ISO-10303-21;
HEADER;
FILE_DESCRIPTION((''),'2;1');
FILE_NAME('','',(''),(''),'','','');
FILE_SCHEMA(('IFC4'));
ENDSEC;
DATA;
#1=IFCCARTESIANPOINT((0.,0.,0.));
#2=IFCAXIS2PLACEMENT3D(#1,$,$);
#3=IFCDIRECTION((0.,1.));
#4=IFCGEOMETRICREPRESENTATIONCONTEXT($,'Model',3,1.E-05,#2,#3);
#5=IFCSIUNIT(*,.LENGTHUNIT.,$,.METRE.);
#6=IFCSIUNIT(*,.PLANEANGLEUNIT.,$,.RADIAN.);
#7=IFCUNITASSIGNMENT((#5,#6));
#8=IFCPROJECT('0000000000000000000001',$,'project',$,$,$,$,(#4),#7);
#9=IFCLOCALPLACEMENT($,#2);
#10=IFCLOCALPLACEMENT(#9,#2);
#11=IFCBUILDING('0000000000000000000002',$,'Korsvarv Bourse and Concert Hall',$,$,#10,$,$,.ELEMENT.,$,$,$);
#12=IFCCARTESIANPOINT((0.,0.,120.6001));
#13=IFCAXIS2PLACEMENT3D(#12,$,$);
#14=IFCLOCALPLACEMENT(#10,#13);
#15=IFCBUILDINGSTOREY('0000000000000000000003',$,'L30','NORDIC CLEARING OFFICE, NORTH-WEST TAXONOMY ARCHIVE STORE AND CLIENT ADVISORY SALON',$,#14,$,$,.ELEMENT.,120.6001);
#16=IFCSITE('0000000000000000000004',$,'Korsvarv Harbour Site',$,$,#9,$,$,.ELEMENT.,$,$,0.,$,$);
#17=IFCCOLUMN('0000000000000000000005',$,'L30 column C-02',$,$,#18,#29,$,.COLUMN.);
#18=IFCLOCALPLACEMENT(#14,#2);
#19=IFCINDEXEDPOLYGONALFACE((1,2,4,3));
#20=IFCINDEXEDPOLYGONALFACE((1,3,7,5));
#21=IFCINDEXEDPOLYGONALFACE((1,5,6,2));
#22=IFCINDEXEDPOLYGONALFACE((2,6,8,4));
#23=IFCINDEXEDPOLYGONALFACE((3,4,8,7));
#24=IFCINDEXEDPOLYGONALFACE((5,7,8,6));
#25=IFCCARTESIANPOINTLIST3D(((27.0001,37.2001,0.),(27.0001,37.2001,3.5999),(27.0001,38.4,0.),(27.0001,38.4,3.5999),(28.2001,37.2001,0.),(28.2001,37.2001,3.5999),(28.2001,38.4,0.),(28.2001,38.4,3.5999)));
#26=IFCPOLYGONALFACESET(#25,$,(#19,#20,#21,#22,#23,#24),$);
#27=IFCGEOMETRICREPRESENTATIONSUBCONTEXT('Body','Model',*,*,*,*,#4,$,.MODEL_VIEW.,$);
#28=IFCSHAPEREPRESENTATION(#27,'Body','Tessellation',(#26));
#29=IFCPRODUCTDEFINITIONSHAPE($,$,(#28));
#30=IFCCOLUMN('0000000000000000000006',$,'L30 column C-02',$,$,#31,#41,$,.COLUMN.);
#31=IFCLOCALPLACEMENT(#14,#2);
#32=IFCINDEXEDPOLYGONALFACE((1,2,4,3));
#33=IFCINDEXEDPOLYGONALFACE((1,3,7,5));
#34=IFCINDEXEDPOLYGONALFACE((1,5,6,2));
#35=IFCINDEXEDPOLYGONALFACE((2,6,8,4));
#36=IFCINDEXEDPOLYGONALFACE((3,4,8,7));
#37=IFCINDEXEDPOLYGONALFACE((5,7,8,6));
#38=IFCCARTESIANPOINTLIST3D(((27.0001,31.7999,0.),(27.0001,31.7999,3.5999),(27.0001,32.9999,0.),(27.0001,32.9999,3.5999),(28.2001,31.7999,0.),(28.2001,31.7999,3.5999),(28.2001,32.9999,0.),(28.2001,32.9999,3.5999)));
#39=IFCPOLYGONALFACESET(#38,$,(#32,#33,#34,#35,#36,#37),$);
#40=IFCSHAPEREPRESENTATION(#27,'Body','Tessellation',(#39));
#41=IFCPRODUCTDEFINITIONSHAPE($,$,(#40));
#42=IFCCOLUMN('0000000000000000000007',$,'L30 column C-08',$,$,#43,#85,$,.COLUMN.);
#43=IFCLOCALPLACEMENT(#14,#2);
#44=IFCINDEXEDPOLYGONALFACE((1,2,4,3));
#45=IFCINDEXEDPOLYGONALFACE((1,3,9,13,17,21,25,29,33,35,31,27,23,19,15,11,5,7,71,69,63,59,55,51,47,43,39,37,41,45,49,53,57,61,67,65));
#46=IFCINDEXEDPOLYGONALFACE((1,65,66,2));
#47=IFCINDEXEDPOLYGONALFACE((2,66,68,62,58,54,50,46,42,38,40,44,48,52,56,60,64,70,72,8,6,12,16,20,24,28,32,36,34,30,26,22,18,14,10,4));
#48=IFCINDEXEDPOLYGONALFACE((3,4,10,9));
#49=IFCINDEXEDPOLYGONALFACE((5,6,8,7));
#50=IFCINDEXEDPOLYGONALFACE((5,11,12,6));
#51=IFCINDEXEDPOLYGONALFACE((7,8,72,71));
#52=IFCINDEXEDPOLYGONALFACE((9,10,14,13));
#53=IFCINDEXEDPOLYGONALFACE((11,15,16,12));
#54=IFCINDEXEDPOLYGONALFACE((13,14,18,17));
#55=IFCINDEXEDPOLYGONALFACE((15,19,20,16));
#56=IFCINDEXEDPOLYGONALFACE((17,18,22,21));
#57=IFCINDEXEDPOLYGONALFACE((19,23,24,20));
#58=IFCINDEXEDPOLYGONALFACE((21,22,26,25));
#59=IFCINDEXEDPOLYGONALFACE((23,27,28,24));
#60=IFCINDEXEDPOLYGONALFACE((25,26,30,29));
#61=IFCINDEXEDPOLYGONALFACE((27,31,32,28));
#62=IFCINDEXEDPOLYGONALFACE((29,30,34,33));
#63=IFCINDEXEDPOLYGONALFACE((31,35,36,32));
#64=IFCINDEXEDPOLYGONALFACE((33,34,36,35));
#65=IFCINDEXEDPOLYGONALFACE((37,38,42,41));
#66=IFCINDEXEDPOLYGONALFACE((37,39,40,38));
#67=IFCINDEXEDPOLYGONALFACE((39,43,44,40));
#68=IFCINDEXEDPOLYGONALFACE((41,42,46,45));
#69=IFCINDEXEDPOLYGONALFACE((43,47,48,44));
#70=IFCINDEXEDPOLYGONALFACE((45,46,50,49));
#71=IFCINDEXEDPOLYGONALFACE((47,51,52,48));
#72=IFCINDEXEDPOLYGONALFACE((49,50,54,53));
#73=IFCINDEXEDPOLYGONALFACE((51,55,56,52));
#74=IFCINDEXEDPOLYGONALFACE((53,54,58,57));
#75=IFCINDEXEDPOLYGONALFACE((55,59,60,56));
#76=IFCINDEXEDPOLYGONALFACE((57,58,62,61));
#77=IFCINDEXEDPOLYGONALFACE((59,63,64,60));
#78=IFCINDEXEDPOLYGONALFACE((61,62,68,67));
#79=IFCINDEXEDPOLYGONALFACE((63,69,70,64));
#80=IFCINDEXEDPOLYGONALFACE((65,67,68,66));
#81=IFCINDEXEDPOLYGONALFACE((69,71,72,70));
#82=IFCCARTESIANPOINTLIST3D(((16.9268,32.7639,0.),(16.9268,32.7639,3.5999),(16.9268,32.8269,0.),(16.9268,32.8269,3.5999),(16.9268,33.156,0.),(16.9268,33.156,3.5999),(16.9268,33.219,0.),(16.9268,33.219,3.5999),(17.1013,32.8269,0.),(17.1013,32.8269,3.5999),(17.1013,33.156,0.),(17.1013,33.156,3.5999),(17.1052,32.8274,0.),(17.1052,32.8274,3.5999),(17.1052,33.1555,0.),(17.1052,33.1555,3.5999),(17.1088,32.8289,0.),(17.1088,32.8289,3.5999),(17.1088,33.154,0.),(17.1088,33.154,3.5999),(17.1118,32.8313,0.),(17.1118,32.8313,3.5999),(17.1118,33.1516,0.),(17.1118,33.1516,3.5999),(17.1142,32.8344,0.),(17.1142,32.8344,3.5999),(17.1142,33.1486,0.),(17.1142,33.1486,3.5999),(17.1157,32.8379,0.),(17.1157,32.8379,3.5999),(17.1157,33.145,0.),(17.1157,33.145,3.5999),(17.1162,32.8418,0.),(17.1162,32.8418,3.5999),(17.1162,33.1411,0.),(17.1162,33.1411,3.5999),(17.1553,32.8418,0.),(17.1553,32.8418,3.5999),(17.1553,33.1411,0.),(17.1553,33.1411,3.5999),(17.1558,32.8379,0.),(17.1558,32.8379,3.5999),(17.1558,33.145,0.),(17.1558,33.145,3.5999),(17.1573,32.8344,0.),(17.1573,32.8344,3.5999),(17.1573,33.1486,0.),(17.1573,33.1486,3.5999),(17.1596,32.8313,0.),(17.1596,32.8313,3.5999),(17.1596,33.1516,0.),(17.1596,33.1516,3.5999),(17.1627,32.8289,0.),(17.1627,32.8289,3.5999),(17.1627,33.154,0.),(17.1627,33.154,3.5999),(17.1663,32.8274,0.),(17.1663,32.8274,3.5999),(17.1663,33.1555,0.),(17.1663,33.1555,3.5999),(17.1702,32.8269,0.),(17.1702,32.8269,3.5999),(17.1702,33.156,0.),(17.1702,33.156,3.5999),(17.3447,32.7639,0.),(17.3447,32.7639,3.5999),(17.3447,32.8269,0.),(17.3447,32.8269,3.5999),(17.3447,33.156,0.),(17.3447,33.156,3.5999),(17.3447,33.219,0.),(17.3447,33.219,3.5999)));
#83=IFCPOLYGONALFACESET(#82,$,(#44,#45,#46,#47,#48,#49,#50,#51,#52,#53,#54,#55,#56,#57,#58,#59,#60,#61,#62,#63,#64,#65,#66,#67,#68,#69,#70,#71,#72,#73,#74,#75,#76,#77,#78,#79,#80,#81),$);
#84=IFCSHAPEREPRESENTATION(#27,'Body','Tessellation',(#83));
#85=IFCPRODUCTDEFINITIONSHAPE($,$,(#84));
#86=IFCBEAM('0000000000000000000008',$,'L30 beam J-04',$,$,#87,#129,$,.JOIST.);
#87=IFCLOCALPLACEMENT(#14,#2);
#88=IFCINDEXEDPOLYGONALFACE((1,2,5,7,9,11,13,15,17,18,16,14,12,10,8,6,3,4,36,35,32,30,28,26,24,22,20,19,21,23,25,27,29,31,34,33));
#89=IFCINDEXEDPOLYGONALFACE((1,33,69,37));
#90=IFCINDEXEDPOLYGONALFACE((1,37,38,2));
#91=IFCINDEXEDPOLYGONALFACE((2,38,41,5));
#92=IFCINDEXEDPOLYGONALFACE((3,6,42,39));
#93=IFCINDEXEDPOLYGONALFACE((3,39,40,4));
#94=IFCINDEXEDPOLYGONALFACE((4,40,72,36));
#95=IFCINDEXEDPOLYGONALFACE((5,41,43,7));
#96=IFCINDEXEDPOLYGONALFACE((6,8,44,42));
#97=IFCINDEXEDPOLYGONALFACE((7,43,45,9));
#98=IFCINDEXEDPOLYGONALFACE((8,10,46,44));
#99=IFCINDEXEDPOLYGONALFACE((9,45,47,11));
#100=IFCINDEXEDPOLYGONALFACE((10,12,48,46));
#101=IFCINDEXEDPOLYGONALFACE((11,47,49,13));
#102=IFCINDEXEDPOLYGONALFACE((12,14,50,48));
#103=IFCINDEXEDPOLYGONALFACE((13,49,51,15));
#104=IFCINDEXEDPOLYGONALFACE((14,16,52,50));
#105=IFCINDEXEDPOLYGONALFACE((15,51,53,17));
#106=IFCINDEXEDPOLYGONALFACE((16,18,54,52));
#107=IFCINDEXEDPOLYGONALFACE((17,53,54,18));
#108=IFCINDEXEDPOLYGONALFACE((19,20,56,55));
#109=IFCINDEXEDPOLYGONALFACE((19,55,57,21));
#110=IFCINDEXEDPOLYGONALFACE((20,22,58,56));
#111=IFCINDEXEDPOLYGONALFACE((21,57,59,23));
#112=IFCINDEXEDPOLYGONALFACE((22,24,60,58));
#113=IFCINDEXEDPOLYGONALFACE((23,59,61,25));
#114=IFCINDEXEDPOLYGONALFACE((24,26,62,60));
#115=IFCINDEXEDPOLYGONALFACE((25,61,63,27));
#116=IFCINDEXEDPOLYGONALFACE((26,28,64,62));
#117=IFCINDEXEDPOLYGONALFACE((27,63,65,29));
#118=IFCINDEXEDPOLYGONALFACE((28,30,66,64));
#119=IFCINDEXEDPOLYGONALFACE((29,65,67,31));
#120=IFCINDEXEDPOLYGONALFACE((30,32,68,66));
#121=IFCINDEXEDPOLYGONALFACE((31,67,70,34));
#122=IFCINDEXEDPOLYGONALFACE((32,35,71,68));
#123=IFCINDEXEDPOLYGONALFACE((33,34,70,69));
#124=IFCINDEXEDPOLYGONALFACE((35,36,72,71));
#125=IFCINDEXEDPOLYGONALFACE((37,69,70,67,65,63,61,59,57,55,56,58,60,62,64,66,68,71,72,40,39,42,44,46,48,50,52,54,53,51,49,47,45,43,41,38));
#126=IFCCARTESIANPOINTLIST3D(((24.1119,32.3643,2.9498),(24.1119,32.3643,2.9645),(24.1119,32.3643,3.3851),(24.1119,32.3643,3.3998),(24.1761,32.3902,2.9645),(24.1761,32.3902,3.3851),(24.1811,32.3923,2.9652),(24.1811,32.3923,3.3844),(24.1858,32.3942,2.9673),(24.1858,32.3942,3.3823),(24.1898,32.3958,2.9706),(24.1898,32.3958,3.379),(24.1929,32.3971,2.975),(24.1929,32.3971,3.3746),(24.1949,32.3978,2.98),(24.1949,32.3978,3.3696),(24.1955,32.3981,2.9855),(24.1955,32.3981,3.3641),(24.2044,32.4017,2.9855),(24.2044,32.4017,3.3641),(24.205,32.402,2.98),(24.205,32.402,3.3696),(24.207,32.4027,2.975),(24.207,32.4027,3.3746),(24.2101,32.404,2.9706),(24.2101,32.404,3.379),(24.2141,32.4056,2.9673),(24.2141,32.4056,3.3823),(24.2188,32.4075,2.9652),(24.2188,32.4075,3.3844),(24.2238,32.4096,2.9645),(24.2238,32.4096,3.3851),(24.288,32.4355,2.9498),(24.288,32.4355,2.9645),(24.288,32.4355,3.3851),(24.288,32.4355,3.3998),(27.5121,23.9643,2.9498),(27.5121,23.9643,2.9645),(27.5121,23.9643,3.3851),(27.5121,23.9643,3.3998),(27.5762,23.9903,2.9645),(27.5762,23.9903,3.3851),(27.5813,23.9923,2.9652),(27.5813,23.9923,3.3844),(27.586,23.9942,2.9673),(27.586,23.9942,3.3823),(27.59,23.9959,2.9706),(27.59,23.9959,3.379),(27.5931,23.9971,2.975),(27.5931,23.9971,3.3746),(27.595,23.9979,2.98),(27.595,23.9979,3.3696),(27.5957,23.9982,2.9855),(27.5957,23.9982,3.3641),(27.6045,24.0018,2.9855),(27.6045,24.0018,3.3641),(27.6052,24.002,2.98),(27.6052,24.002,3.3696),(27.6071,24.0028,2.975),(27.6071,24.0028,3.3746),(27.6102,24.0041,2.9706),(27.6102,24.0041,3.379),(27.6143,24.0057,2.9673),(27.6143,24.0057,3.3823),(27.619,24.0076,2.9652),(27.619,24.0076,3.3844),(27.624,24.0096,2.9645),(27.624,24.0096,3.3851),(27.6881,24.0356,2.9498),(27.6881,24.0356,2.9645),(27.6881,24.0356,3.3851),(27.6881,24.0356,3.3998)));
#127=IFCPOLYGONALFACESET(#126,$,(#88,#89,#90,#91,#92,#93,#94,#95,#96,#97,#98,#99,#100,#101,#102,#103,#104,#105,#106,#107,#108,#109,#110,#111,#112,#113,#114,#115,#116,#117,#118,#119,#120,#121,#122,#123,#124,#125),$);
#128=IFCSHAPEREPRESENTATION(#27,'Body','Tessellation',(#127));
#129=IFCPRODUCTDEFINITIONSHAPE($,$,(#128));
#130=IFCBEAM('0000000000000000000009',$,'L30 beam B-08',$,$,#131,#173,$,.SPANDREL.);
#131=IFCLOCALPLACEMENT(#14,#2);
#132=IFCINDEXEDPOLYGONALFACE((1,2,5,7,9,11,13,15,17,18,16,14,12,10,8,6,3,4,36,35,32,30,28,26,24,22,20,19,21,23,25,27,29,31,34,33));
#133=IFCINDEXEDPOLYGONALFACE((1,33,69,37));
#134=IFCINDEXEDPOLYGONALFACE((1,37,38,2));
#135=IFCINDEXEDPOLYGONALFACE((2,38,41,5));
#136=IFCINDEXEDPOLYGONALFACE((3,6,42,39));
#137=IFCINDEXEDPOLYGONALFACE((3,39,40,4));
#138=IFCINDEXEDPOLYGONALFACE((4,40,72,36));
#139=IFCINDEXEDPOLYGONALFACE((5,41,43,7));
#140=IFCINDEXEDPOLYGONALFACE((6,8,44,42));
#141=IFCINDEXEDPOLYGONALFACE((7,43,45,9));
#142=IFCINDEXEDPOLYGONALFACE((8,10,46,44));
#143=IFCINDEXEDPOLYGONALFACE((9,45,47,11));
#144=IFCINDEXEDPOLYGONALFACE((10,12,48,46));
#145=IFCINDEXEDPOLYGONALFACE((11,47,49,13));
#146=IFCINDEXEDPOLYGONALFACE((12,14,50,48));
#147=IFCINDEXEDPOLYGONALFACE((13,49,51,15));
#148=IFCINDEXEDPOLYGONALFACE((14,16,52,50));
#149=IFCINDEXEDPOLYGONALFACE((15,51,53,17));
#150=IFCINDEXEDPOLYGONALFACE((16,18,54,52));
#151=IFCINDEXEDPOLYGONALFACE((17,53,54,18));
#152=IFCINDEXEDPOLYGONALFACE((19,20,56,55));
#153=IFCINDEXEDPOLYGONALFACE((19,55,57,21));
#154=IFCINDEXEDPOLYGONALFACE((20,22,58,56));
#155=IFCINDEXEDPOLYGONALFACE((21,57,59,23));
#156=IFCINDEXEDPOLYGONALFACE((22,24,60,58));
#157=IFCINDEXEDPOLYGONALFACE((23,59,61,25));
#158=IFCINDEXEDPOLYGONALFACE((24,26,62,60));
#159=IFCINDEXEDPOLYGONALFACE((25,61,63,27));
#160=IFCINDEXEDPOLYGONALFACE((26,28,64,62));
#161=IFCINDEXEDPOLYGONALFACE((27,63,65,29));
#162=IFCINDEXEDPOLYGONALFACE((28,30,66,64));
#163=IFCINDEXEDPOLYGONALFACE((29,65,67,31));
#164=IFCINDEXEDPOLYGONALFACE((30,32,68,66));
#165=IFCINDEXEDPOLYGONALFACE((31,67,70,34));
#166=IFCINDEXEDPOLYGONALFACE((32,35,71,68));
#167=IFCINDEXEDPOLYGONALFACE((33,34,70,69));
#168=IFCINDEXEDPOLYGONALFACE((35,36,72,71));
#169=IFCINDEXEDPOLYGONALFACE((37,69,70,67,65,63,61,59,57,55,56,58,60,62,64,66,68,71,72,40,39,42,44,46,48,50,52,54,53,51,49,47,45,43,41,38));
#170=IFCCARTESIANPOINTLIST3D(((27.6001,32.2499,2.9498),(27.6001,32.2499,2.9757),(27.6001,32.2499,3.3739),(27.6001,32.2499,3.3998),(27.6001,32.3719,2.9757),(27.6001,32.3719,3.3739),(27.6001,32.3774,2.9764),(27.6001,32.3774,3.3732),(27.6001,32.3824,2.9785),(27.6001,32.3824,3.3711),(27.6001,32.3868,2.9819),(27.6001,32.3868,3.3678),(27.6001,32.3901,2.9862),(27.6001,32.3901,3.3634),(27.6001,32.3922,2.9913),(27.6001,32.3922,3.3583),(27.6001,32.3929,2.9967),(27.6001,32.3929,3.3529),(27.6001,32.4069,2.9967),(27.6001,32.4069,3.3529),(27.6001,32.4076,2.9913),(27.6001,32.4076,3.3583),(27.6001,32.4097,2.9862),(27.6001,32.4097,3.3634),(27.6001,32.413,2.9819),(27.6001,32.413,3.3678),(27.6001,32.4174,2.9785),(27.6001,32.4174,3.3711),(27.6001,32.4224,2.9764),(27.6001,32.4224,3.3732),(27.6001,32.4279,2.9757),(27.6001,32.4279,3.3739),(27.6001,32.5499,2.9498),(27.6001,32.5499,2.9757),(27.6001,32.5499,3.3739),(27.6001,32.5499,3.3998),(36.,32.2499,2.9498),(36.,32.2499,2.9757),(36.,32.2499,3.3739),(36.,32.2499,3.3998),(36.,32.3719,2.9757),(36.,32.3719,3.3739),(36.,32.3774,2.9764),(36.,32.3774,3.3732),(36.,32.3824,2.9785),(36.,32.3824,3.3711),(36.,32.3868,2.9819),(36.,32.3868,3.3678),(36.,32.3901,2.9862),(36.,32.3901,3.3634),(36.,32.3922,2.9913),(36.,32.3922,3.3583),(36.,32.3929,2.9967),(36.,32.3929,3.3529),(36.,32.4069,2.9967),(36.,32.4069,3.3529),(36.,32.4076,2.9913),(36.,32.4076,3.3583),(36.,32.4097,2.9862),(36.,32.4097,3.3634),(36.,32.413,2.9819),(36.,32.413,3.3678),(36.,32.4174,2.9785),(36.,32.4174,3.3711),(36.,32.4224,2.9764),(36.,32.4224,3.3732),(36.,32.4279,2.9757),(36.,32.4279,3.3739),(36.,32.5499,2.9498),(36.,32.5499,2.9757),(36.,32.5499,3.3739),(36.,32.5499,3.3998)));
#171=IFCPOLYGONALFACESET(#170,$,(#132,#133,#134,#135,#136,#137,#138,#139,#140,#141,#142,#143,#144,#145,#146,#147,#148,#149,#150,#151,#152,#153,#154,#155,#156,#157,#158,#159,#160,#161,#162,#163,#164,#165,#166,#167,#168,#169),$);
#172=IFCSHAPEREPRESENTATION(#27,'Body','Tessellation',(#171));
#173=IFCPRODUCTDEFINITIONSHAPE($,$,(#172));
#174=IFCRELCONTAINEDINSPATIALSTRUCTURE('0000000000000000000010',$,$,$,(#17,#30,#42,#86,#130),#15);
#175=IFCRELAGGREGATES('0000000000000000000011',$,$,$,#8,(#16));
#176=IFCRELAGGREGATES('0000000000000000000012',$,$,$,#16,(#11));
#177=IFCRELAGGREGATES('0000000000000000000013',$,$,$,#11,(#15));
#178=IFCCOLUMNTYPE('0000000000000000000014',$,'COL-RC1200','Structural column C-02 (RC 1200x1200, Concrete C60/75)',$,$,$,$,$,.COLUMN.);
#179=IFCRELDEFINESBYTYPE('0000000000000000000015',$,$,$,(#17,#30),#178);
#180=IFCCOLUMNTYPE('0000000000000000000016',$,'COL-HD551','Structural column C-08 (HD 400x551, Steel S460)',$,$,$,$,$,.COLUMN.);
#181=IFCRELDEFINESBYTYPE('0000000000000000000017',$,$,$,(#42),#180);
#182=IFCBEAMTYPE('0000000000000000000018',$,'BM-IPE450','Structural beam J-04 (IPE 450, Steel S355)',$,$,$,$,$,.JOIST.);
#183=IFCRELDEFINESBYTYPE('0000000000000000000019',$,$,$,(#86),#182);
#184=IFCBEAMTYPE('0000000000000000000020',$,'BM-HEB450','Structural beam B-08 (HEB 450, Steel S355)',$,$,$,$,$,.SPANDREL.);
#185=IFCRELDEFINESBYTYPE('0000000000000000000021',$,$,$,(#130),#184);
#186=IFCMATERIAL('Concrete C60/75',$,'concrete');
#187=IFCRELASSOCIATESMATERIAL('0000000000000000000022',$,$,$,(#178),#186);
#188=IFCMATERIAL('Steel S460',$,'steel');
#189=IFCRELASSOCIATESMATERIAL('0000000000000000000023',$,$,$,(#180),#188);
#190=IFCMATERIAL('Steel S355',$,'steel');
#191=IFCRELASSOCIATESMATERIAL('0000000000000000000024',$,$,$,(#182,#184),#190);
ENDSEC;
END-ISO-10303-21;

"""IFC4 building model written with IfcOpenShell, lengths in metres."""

from ifc_helpers import new_model, si_unit, direction, frame, origin, origin_2d, place, context, subcontext, project, spatial, rectangle, i_section, extrude, source, transform, mapped, material, material_profile, profile_set, type_object, element, save


model = new_model("IFC4")

# Units and contexts
model_context = context("Model", 3, precision=1e-05, world=origin(), true_north=direction((0.0, 1.0)))
body_context = subcontext(model_context, "Body", "Model", "MODEL_VIEW")
ifc_project = project(units=[si_unit("LENGTHUNIT", "METRE"), si_unit("PLANEANGLEUNIT", "RADIAN")], contexts=[model_context])

# Site, building, storey
site_placement = place(None, origin())
site = spatial("IfcSite", under=ifc_project, at=site_placement, Name="Korsvarv Harbour Site", CompositionType="ELEMENT", RefElevation=0.0)
building_placement = place(site_placement, origin())
building = spatial("IfcBuilding", under=site, at=building_placement, Name="Korsvarv Bourse and Concert Hall", CompositionType="ELEMENT")
storey_placement = place(building_placement, frame((0.0, 0.0, 120.6001)))
storey = spatial("IfcBuildingStorey", under=building, at=storey_placement, Name="L30", Description="NORDIC CLEARING OFFICE, NORTH-WEST TAXONOMY ARCHIVE STORE AND CLIENT ADVISORY SALON", CompositionType="ELEMENT", Elevation=120.6001)

# Columns
ifc_material_1 = material(Name="Concrete C60/75", Category="concrete")
ifc_material_profile_1 = material_profile(ifc_material_1, rectangle(XDim=1.2, YDim=1.2, at=origin_2d()), Name="RC 1200x1200")
ifc_profile_set_1 = profile_set([ifc_material_profile_1], Name="Concrete C60/75")
column_type_1 = type_object("IfcColumnType", Name="COL-RC1200", Description="Structural column C-02 (RC 1200x1200, Concrete C60/75)", PredefinedType="COLUMN", material=ifc_profile_set_1)
shared_shape_1 = source(origin(), body_context, "Body", "SweptSolid", [
    extrude(rectangle(XDim=1.2, YDim=1.2, at=origin_2d()), origin(), (0.0, 0.0, 1.0), 3.5999),
])
for number, where, z_axis, x_axis, name in (
    (1, (27.6001, 37.8, 0.0), (0.0, 0.0, 1.0), (1.0, 0.0, 0.0), "L30 column C-02"),
    (2, (27.6001, 32.3999, 0.0), (0.0, 0.0, 1.0), (1.0, 0.0, 0.0), "L30 column C-02"),
):
    element("IfcColumn", number, at=place(storey_placement, frame(where, z_axis=z_axis, x_axis=x_axis)), inside=storey, type_object=column_type_1, Name=name, PredefinedType="COLUMN", context=body_context, shape_type="MappedRepresentation", body=[
        mapped(shared_shape_1, transform((0.0, 0.0, 0.0), scale=1.0)),
    ])
ifc_material_2 = material(Name="Steel S460", Category="steel")
ifc_material_profile_2 = material_profile(ifc_material_2, i_section(OverallWidth=0.418, OverallDepth=0.4551, WebThickness=0.0391, FlangeThickness=0.063, FilletRadius=0.0149, at=origin_2d()), Name="HD 400x551")
ifc_profile_set_2 = profile_set([ifc_material_profile_2], Name="Steel S460")
column_type_2 = type_object("IfcColumnType", Name="COL-HD551", Description="Structural column C-08 (HD 400x551, Steel S460)", PredefinedType="COLUMN", material=ifc_profile_set_2)
shared_shape_2 = source(origin(), body_context, "Body", "SweptSolid", [
    extrude(i_section(OverallWidth=0.418, OverallDepth=0.4551, WebThickness=0.0391, FlangeThickness=0.063, FilletRadius=0.0149, at=origin_2d()), origin(), (0.0, 0.0, 1.0), 3.5999),
])
column_placement = place(storey_placement, frame((17.1357, 32.9915, 0.0), z_axis=(0.0, 0.0, 1.0), x_axis=(1.0, 0.0, 0.0)))
element("IfcColumn", 3, at=column_placement, inside=storey, type_object=column_type_2, Name="L30 column C-08", PredefinedType="COLUMN", context=body_context, shape_type="MappedRepresentation", body=[
    mapped(shared_shape_2, transform((0.0, 0.0, 0.0), scale=1.0)),
])

# Beams
ifc_material_3 = material(Name="Steel S355", Category="steel")
ifc_material_profile_3 = material_profile(ifc_material_3, i_section(OverallWidth=0.1899, OverallDepth=0.45, WebThickness=0.0095, FlangeThickness=0.0146, FilletRadius=0.021, at=origin_2d()), Name="IPE 450")
ifc_profile_set_3 = profile_set([ifc_material_profile_3], Name="Steel S355")
beam_type_1 = type_object("IfcBeamType", Name="BM-IPE450", Description="Structural beam J-04 (IPE 450, Steel S355)", PredefinedType="JOIST", material=ifc_profile_set_3)
shared_shape_3 = source(origin(), body_context, "Body", "SweptSolid", [
    extrude(i_section(OverallWidth=0.1899, OverallDepth=0.45, WebThickness=0.0095, FlangeThickness=0.0146, FilletRadius=0.021, at=origin_2d()), origin(), (0.0, 0.0, 1.0), 9.062),
])
beam_1_placement = place(storey_placement, frame((24.2, 32.3999, 3.1748), z_axis=(0.37521, -0.92694, 0.0), x_axis=(0.92694, 0.37521, 0.0)))
element("IfcBeam", 4, at=beam_1_placement, inside=storey, type_object=beam_type_1, Name="L30 beam J-04", PredefinedType="JOIST", context=body_context, shape_type="MappedRepresentation", body=[
    mapped(shared_shape_3, transform((0.0, 0.0, 0.0), scale=1.0)),
])
ifc_material_profile_4 = material_profile(ifc_material_3, i_section(OverallWidth=0.3, OverallDepth=0.45, WebThickness=0.0139, FlangeThickness=0.0259, FilletRadius=0.021, at=origin_2d()), Name="HEB 450")
ifc_profile_set_4 = profile_set([ifc_material_profile_4], Name="Steel S355")
beam_type_2 = type_object("IfcBeamType", Name="BM-HEB450", Description="Structural beam B-08 (HEB 450, Steel S355)", PredefinedType="SPANDREL", material=ifc_profile_set_4)
shared_shape_4 = source(origin(), body_context, "Body", "SweptSolid", [
    extrude(i_section(OverallWidth=0.3, OverallDepth=0.45, WebThickness=0.0139, FlangeThickness=0.0259, FilletRadius=0.021, at=origin_2d()), origin(), (0.0, 0.0, 1.0), 8.3999),
])
beam_2_placement = place(storey_placement, frame((27.6001, 32.3999, 3.1748), z_axis=(1.0, 0.0, 0.0), x_axis=(0.0, 1.0, 0.0)))
element("IfcBeam", 5, at=beam_2_placement, inside=storey, type_object=beam_type_2, Name="L30 beam B-08", PredefinedType="SPANDREL", context=body_context, shape_type="MappedRepresentation", body=[
    mapped(shared_shape_4, transform((0.0, 0.0, 0.0), scale=1.0)),
])

save(model, "model.ifc")
